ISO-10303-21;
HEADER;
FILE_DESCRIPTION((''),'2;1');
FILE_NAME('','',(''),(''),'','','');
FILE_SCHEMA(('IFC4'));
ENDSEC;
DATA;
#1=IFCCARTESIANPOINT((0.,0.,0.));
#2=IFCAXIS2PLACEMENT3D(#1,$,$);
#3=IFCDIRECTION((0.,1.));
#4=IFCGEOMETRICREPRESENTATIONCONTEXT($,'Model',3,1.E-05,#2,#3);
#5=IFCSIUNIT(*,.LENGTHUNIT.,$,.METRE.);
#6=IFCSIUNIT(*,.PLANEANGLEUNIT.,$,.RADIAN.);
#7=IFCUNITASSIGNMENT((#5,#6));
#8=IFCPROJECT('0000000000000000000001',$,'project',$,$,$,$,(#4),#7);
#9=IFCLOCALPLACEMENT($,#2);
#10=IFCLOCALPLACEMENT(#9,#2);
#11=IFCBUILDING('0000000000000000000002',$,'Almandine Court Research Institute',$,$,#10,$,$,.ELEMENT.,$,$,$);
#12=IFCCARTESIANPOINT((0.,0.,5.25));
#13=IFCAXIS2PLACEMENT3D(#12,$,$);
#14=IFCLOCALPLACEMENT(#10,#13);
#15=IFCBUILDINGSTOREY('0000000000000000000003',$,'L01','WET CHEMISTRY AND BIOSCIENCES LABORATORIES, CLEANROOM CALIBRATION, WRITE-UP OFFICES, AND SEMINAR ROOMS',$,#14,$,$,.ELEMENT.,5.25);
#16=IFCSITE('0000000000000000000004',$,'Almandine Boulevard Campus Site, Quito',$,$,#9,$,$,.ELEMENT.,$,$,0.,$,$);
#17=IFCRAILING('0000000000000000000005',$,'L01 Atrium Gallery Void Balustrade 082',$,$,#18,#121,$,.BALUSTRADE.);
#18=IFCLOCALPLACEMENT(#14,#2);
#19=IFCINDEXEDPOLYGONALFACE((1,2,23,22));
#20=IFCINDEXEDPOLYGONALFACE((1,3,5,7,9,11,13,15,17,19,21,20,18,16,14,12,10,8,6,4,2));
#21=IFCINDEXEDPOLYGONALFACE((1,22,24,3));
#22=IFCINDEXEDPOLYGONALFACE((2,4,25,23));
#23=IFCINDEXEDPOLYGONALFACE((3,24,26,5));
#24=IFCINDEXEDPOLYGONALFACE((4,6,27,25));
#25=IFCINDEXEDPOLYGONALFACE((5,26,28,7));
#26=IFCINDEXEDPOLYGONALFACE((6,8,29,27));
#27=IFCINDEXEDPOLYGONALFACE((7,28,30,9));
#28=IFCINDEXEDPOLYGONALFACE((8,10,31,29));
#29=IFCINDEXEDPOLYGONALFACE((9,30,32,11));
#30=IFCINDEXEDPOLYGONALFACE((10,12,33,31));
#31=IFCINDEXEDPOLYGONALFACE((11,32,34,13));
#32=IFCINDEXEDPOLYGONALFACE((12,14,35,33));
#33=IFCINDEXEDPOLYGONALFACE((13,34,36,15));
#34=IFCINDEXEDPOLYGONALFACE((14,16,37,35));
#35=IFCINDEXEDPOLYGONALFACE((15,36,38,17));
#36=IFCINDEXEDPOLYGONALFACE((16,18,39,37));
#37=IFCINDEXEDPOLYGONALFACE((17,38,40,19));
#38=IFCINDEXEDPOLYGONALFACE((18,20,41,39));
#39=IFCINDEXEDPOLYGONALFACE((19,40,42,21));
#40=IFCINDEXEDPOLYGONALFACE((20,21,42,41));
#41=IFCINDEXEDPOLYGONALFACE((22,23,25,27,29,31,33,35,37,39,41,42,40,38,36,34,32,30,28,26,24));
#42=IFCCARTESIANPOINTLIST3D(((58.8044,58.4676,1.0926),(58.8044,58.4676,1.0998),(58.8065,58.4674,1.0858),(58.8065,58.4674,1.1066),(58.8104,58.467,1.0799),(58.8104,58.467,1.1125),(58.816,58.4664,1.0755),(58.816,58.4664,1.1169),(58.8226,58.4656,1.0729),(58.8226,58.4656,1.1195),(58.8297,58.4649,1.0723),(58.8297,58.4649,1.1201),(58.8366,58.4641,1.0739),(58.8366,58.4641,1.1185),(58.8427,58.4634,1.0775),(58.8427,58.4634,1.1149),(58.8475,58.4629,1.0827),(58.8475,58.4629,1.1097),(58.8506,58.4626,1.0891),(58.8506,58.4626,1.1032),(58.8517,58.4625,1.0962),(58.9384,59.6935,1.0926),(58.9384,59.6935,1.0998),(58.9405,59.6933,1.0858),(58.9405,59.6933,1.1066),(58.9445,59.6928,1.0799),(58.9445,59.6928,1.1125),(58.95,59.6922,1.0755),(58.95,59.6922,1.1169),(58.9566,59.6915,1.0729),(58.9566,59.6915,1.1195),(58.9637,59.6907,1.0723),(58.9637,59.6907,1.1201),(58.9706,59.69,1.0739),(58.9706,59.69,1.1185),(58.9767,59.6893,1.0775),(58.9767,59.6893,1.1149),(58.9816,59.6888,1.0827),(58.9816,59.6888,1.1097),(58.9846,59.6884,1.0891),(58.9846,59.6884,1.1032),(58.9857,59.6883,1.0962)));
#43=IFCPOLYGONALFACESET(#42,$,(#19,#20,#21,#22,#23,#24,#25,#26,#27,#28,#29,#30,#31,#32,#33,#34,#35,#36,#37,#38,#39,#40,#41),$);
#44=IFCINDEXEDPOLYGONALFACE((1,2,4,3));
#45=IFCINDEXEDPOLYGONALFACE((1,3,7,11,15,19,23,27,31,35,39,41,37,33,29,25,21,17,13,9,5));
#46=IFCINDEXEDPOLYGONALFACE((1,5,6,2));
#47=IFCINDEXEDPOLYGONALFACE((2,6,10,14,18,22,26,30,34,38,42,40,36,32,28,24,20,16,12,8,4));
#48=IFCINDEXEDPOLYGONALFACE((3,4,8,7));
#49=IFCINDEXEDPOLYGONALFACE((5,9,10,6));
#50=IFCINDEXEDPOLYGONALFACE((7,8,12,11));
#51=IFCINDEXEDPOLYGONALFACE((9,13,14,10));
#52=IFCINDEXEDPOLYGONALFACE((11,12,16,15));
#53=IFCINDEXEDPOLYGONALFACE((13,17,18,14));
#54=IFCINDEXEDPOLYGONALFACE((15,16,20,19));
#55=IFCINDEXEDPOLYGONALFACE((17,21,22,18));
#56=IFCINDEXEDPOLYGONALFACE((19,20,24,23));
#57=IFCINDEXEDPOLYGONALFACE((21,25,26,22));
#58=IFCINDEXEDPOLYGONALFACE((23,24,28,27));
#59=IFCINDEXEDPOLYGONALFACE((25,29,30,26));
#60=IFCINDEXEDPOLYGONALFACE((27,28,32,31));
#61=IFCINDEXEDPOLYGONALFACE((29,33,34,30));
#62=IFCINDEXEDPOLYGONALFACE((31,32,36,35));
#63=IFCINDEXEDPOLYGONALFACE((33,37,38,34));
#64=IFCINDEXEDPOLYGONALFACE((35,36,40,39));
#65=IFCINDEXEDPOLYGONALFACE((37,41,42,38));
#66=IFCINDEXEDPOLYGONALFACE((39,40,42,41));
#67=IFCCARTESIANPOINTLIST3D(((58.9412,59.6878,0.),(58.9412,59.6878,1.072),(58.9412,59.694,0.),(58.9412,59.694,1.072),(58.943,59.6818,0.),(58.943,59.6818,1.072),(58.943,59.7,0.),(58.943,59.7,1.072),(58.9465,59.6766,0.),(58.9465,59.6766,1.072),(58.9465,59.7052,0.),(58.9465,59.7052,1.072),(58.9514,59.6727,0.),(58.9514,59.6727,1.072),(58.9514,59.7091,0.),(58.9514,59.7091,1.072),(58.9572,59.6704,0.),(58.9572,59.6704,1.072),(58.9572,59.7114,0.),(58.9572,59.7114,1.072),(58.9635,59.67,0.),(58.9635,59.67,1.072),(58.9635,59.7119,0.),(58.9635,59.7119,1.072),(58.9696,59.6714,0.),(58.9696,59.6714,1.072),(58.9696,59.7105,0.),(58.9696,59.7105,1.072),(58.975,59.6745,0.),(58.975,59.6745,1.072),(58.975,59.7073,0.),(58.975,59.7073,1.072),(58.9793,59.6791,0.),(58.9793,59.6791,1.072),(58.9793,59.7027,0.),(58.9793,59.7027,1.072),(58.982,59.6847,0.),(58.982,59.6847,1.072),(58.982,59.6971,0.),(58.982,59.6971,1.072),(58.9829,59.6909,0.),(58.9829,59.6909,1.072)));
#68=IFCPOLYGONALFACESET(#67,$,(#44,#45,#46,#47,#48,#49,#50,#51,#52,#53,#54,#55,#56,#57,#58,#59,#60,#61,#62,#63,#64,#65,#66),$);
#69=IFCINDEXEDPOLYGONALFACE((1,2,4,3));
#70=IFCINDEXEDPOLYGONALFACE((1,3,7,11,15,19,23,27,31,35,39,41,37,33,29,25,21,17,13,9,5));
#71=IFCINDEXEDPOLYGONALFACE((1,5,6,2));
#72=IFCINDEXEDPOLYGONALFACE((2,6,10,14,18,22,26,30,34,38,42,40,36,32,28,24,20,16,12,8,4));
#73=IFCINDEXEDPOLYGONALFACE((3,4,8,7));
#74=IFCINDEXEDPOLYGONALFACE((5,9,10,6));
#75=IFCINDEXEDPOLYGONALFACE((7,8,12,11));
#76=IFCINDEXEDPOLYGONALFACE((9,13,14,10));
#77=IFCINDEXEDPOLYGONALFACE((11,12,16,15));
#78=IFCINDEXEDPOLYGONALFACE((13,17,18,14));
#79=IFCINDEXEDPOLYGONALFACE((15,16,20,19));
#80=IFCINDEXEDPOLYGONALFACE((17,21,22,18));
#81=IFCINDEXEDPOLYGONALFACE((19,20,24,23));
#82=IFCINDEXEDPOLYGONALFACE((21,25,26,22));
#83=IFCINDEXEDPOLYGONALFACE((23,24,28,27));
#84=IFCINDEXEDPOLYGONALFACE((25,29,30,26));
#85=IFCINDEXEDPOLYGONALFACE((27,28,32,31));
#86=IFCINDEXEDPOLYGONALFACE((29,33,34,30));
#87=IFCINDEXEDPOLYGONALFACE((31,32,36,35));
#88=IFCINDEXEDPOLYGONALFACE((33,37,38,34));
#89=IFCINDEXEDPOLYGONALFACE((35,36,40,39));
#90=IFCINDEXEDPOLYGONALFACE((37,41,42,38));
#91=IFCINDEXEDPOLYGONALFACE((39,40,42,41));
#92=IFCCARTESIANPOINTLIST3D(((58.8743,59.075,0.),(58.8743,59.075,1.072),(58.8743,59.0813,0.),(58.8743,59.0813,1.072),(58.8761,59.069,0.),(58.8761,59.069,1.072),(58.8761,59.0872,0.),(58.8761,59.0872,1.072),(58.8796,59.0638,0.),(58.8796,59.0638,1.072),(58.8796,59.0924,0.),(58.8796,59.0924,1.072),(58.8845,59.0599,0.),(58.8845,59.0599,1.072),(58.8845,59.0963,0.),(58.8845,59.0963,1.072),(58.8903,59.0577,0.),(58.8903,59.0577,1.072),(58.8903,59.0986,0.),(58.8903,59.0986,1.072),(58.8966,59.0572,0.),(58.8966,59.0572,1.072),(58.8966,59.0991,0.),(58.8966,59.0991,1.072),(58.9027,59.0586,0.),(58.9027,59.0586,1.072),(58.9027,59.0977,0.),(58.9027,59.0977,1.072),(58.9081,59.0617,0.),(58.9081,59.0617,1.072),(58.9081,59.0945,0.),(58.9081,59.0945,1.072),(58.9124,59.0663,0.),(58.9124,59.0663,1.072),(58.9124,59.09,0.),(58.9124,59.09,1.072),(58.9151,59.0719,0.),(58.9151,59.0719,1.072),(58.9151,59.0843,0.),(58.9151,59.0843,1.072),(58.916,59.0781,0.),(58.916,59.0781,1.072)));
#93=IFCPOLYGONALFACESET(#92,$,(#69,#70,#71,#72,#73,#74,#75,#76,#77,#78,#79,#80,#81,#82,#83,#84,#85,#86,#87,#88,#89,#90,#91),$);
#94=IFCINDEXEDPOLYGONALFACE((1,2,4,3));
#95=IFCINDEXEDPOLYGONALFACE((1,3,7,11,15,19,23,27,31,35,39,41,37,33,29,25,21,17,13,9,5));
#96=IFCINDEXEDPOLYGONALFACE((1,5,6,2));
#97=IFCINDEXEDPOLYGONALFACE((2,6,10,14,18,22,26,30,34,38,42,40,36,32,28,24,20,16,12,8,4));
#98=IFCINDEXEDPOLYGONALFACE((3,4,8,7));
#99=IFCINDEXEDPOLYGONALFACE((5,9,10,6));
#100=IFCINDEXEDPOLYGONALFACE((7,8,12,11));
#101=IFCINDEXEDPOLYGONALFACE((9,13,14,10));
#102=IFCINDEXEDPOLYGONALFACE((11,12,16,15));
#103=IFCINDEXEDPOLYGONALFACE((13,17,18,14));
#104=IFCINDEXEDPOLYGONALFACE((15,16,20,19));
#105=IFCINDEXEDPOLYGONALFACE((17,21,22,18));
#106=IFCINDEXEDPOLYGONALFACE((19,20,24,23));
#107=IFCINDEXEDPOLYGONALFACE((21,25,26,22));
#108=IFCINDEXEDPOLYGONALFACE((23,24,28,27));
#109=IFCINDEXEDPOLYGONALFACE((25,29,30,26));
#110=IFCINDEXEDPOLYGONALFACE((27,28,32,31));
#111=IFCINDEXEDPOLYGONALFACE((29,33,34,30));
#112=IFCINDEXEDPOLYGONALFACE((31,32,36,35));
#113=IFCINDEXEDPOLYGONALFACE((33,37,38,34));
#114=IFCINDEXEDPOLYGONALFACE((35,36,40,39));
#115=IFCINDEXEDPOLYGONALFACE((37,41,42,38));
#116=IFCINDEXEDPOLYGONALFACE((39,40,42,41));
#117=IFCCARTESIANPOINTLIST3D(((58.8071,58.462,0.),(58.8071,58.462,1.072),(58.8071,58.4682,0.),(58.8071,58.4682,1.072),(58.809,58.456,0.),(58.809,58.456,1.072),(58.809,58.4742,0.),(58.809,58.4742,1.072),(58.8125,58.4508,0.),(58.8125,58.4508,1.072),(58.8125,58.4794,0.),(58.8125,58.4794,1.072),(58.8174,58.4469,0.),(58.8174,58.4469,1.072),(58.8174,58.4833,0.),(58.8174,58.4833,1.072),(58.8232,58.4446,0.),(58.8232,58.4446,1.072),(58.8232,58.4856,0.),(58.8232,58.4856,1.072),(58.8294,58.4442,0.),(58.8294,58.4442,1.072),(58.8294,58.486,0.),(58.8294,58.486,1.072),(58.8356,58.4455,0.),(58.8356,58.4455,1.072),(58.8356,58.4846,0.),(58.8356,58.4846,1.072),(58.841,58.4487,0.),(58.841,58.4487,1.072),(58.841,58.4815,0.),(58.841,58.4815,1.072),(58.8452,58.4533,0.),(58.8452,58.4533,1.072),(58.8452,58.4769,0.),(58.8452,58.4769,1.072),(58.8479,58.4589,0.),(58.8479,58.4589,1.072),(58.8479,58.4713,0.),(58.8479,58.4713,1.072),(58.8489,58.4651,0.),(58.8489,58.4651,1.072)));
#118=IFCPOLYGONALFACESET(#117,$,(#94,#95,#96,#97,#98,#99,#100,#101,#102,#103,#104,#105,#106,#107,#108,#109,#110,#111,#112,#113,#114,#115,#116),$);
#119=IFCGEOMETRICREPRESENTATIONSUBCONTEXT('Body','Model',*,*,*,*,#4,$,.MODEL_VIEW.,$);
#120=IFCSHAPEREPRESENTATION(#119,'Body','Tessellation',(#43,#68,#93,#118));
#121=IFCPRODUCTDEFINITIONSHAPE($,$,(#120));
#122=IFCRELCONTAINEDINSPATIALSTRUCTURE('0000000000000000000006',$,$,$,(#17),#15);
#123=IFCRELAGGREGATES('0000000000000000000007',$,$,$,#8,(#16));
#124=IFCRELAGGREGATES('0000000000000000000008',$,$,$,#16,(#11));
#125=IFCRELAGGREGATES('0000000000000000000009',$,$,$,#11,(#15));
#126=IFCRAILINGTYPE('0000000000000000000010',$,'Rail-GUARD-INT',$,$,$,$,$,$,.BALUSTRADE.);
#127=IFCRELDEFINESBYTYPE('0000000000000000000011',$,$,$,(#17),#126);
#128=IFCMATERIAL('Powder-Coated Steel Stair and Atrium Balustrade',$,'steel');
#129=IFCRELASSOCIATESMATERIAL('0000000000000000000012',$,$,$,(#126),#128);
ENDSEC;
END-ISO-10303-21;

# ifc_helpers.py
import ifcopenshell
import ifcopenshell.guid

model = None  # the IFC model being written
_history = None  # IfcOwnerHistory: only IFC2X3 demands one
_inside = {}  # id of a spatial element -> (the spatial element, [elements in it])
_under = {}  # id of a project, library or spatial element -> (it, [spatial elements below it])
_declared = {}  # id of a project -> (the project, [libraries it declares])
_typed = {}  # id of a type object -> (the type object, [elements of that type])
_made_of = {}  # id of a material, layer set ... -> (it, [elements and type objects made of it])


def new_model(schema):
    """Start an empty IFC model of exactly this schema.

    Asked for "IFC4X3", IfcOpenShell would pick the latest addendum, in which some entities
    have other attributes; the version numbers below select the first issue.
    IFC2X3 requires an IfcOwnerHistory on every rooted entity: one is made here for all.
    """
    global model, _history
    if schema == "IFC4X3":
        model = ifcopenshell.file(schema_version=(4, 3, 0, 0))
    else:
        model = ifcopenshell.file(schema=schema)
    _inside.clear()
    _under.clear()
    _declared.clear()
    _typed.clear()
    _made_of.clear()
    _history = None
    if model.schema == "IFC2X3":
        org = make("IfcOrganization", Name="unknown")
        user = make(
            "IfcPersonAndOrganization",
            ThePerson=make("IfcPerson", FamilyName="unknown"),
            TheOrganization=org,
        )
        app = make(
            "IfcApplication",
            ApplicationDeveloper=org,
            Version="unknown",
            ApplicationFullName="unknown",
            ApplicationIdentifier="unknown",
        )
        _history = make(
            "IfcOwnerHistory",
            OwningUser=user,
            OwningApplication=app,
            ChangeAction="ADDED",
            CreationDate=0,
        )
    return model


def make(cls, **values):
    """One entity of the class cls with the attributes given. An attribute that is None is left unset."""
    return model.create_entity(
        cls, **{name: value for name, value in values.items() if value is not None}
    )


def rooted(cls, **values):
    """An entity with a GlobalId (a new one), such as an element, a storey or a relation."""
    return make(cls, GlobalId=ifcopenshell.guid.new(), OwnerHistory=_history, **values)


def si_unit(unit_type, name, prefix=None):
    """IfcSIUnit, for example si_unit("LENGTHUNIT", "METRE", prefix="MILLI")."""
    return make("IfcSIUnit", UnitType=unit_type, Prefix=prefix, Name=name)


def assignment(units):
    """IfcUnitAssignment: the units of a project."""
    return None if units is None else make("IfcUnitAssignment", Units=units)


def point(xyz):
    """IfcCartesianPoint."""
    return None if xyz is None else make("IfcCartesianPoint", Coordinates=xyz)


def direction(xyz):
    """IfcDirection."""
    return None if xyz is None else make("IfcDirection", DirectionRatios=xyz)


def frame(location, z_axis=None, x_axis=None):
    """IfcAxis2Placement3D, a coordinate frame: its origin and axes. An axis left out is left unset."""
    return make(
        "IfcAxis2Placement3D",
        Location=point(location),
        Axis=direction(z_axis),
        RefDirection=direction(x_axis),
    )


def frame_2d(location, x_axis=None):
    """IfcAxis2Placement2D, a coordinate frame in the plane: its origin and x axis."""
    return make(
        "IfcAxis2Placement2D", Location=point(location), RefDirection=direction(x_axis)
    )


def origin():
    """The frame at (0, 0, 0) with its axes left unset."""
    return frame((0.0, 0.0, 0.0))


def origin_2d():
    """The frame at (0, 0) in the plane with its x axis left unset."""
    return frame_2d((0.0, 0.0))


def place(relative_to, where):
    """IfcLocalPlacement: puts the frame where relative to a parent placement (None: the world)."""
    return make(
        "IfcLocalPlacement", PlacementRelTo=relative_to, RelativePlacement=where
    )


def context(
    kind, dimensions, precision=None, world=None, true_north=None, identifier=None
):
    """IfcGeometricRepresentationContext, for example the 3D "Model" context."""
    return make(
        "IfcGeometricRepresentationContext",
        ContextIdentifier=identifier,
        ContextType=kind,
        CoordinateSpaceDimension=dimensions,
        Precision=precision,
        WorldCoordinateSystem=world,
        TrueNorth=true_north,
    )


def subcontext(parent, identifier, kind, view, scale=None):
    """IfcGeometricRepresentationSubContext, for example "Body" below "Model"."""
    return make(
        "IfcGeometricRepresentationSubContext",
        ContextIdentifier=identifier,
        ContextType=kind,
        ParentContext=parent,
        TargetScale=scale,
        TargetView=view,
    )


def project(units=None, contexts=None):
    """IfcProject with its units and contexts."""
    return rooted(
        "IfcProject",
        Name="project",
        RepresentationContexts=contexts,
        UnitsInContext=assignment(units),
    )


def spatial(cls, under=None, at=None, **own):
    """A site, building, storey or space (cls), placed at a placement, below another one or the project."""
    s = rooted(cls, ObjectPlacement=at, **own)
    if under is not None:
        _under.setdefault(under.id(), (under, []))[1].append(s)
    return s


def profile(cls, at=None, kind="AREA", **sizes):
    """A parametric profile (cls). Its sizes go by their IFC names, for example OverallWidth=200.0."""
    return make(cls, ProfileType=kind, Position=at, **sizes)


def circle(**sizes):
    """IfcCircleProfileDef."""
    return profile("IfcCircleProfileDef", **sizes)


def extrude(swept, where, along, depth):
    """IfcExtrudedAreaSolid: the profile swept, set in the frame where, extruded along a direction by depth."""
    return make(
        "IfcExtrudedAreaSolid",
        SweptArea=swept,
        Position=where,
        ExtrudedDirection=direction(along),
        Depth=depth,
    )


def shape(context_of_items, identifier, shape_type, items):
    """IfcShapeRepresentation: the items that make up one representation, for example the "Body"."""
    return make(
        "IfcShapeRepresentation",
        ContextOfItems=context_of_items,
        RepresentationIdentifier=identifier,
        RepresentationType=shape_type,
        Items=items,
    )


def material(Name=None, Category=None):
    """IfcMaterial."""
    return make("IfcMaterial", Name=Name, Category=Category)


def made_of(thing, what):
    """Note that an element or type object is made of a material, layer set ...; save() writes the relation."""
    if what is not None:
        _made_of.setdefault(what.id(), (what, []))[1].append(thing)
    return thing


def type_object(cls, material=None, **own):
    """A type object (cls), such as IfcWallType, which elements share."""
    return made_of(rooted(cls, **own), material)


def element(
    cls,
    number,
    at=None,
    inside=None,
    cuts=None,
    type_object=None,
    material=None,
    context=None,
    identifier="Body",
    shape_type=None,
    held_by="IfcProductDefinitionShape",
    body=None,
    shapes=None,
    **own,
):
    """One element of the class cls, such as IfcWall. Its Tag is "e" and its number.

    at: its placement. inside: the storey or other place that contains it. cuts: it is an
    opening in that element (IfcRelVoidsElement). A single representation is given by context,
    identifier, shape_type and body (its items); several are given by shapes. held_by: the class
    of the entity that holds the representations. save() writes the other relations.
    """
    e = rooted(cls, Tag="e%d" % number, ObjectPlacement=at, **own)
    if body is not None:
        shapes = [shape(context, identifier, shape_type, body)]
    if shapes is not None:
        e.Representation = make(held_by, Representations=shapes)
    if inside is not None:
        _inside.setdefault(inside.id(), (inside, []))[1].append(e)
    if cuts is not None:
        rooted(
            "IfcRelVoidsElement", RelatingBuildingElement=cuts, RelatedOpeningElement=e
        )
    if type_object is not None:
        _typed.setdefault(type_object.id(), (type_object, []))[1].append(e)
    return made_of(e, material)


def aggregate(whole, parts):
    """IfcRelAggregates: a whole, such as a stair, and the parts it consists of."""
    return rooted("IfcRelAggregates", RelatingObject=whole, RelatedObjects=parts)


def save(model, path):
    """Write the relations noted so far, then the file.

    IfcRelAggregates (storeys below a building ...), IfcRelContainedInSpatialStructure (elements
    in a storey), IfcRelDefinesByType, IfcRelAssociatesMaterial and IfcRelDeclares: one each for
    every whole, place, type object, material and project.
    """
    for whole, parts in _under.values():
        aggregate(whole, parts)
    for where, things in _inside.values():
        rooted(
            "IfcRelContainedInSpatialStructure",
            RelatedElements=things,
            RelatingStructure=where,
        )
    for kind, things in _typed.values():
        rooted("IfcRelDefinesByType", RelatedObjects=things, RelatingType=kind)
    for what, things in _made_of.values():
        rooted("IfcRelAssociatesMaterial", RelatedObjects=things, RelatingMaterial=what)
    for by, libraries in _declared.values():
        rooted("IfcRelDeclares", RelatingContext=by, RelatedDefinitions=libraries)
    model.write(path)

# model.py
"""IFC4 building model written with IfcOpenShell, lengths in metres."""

from ifc_helpers import new_model, si_unit, direction, frame, origin, origin_2d, place, context, subcontext, project, spatial, circle, extrude, material, type_object, element, save


model = new_model("IFC4")

# Units and contexts
model_context = context("Model", 3, precision=1e-05, world=origin(), true_north=direction((0.0, 1.0)))
body_context = subcontext(model_context, "Body", "Model", "MODEL_VIEW")
ifc_project = project(units=[si_unit("LENGTHUNIT", "METRE"), si_unit("PLANEANGLEUNIT", "RADIAN")], contexts=[model_context])

# Site, building, storey
site_placement = place(None, origin())
site = spatial("IfcSite", under=ifc_project, at=site_placement, Name="Almandine Boulevard Campus Site, Quito", CompositionType="ELEMENT", RefElevation=0.0)
building_placement = place(site_placement, origin())
building = spatial("IfcBuilding", under=site, at=building_placement, Name="Almandine Court Research Institute", CompositionType="ELEMENT")
storey_placement = place(building_placement, frame((0.0, 0.0, 5.25)))
storey = spatial("IfcBuildingStorey", under=building, at=storey_placement, Name="L01", Description="WET CHEMISTRY AND BIOSCIENCES LABORATORIES, CLEANROOM CALIBRATION, WRITE-UP OFFICES, AND SEMINAR ROOMS", CompositionType="ELEMENT", Elevation=5.25)

# Railing
ifc_material_1 = material(Name="Powder-Coated Steel Stair and Atrium Balustrade", Category="steel")
railing_type = type_object("IfcRailingType", Name="Rail-GUARD-INT", PredefinedType="BALUSTRADE", material=ifc_material_1)
railing_1_placement = place(storey_placement, frame((58.9619, 59.6909, 0.0)))
element("IfcRailing", 1, at=railing_1_placement, inside=storey, type_object=railing_type, Name="L01 Atrium Gallery Void Balustrade 082", PredefinedType="BALUSTRADE", context=body_context, shape_type="SweptSolid", body=[
    extrude(circle(Radius=0.0239, at=origin_2d()), frame((0.0, 0.0, 1.0962), z_axis=(-0.108693, -0.994075, 0.0), x_axis=(0.994075, -0.108693, 0.0)), (0.0, 0.0, 1.0), 1.2332),
    extrude(circle(Radius=0.021, at=origin_2d()), origin(), (0.0, 0.0, 1.0), 1.072),
    extrude(circle(Radius=0.021, at=origin_2d()), frame((-0.0669, -0.6128, 0.0)), (0.0, 0.0, 1.0), 1.072),
    extrude(circle(Radius=0.021, at=origin_2d()), frame((-0.134, -1.2258, 0.0)), (0.0, 0.0, 1.0), 1.072),
])

save(model, "model.ifc")
